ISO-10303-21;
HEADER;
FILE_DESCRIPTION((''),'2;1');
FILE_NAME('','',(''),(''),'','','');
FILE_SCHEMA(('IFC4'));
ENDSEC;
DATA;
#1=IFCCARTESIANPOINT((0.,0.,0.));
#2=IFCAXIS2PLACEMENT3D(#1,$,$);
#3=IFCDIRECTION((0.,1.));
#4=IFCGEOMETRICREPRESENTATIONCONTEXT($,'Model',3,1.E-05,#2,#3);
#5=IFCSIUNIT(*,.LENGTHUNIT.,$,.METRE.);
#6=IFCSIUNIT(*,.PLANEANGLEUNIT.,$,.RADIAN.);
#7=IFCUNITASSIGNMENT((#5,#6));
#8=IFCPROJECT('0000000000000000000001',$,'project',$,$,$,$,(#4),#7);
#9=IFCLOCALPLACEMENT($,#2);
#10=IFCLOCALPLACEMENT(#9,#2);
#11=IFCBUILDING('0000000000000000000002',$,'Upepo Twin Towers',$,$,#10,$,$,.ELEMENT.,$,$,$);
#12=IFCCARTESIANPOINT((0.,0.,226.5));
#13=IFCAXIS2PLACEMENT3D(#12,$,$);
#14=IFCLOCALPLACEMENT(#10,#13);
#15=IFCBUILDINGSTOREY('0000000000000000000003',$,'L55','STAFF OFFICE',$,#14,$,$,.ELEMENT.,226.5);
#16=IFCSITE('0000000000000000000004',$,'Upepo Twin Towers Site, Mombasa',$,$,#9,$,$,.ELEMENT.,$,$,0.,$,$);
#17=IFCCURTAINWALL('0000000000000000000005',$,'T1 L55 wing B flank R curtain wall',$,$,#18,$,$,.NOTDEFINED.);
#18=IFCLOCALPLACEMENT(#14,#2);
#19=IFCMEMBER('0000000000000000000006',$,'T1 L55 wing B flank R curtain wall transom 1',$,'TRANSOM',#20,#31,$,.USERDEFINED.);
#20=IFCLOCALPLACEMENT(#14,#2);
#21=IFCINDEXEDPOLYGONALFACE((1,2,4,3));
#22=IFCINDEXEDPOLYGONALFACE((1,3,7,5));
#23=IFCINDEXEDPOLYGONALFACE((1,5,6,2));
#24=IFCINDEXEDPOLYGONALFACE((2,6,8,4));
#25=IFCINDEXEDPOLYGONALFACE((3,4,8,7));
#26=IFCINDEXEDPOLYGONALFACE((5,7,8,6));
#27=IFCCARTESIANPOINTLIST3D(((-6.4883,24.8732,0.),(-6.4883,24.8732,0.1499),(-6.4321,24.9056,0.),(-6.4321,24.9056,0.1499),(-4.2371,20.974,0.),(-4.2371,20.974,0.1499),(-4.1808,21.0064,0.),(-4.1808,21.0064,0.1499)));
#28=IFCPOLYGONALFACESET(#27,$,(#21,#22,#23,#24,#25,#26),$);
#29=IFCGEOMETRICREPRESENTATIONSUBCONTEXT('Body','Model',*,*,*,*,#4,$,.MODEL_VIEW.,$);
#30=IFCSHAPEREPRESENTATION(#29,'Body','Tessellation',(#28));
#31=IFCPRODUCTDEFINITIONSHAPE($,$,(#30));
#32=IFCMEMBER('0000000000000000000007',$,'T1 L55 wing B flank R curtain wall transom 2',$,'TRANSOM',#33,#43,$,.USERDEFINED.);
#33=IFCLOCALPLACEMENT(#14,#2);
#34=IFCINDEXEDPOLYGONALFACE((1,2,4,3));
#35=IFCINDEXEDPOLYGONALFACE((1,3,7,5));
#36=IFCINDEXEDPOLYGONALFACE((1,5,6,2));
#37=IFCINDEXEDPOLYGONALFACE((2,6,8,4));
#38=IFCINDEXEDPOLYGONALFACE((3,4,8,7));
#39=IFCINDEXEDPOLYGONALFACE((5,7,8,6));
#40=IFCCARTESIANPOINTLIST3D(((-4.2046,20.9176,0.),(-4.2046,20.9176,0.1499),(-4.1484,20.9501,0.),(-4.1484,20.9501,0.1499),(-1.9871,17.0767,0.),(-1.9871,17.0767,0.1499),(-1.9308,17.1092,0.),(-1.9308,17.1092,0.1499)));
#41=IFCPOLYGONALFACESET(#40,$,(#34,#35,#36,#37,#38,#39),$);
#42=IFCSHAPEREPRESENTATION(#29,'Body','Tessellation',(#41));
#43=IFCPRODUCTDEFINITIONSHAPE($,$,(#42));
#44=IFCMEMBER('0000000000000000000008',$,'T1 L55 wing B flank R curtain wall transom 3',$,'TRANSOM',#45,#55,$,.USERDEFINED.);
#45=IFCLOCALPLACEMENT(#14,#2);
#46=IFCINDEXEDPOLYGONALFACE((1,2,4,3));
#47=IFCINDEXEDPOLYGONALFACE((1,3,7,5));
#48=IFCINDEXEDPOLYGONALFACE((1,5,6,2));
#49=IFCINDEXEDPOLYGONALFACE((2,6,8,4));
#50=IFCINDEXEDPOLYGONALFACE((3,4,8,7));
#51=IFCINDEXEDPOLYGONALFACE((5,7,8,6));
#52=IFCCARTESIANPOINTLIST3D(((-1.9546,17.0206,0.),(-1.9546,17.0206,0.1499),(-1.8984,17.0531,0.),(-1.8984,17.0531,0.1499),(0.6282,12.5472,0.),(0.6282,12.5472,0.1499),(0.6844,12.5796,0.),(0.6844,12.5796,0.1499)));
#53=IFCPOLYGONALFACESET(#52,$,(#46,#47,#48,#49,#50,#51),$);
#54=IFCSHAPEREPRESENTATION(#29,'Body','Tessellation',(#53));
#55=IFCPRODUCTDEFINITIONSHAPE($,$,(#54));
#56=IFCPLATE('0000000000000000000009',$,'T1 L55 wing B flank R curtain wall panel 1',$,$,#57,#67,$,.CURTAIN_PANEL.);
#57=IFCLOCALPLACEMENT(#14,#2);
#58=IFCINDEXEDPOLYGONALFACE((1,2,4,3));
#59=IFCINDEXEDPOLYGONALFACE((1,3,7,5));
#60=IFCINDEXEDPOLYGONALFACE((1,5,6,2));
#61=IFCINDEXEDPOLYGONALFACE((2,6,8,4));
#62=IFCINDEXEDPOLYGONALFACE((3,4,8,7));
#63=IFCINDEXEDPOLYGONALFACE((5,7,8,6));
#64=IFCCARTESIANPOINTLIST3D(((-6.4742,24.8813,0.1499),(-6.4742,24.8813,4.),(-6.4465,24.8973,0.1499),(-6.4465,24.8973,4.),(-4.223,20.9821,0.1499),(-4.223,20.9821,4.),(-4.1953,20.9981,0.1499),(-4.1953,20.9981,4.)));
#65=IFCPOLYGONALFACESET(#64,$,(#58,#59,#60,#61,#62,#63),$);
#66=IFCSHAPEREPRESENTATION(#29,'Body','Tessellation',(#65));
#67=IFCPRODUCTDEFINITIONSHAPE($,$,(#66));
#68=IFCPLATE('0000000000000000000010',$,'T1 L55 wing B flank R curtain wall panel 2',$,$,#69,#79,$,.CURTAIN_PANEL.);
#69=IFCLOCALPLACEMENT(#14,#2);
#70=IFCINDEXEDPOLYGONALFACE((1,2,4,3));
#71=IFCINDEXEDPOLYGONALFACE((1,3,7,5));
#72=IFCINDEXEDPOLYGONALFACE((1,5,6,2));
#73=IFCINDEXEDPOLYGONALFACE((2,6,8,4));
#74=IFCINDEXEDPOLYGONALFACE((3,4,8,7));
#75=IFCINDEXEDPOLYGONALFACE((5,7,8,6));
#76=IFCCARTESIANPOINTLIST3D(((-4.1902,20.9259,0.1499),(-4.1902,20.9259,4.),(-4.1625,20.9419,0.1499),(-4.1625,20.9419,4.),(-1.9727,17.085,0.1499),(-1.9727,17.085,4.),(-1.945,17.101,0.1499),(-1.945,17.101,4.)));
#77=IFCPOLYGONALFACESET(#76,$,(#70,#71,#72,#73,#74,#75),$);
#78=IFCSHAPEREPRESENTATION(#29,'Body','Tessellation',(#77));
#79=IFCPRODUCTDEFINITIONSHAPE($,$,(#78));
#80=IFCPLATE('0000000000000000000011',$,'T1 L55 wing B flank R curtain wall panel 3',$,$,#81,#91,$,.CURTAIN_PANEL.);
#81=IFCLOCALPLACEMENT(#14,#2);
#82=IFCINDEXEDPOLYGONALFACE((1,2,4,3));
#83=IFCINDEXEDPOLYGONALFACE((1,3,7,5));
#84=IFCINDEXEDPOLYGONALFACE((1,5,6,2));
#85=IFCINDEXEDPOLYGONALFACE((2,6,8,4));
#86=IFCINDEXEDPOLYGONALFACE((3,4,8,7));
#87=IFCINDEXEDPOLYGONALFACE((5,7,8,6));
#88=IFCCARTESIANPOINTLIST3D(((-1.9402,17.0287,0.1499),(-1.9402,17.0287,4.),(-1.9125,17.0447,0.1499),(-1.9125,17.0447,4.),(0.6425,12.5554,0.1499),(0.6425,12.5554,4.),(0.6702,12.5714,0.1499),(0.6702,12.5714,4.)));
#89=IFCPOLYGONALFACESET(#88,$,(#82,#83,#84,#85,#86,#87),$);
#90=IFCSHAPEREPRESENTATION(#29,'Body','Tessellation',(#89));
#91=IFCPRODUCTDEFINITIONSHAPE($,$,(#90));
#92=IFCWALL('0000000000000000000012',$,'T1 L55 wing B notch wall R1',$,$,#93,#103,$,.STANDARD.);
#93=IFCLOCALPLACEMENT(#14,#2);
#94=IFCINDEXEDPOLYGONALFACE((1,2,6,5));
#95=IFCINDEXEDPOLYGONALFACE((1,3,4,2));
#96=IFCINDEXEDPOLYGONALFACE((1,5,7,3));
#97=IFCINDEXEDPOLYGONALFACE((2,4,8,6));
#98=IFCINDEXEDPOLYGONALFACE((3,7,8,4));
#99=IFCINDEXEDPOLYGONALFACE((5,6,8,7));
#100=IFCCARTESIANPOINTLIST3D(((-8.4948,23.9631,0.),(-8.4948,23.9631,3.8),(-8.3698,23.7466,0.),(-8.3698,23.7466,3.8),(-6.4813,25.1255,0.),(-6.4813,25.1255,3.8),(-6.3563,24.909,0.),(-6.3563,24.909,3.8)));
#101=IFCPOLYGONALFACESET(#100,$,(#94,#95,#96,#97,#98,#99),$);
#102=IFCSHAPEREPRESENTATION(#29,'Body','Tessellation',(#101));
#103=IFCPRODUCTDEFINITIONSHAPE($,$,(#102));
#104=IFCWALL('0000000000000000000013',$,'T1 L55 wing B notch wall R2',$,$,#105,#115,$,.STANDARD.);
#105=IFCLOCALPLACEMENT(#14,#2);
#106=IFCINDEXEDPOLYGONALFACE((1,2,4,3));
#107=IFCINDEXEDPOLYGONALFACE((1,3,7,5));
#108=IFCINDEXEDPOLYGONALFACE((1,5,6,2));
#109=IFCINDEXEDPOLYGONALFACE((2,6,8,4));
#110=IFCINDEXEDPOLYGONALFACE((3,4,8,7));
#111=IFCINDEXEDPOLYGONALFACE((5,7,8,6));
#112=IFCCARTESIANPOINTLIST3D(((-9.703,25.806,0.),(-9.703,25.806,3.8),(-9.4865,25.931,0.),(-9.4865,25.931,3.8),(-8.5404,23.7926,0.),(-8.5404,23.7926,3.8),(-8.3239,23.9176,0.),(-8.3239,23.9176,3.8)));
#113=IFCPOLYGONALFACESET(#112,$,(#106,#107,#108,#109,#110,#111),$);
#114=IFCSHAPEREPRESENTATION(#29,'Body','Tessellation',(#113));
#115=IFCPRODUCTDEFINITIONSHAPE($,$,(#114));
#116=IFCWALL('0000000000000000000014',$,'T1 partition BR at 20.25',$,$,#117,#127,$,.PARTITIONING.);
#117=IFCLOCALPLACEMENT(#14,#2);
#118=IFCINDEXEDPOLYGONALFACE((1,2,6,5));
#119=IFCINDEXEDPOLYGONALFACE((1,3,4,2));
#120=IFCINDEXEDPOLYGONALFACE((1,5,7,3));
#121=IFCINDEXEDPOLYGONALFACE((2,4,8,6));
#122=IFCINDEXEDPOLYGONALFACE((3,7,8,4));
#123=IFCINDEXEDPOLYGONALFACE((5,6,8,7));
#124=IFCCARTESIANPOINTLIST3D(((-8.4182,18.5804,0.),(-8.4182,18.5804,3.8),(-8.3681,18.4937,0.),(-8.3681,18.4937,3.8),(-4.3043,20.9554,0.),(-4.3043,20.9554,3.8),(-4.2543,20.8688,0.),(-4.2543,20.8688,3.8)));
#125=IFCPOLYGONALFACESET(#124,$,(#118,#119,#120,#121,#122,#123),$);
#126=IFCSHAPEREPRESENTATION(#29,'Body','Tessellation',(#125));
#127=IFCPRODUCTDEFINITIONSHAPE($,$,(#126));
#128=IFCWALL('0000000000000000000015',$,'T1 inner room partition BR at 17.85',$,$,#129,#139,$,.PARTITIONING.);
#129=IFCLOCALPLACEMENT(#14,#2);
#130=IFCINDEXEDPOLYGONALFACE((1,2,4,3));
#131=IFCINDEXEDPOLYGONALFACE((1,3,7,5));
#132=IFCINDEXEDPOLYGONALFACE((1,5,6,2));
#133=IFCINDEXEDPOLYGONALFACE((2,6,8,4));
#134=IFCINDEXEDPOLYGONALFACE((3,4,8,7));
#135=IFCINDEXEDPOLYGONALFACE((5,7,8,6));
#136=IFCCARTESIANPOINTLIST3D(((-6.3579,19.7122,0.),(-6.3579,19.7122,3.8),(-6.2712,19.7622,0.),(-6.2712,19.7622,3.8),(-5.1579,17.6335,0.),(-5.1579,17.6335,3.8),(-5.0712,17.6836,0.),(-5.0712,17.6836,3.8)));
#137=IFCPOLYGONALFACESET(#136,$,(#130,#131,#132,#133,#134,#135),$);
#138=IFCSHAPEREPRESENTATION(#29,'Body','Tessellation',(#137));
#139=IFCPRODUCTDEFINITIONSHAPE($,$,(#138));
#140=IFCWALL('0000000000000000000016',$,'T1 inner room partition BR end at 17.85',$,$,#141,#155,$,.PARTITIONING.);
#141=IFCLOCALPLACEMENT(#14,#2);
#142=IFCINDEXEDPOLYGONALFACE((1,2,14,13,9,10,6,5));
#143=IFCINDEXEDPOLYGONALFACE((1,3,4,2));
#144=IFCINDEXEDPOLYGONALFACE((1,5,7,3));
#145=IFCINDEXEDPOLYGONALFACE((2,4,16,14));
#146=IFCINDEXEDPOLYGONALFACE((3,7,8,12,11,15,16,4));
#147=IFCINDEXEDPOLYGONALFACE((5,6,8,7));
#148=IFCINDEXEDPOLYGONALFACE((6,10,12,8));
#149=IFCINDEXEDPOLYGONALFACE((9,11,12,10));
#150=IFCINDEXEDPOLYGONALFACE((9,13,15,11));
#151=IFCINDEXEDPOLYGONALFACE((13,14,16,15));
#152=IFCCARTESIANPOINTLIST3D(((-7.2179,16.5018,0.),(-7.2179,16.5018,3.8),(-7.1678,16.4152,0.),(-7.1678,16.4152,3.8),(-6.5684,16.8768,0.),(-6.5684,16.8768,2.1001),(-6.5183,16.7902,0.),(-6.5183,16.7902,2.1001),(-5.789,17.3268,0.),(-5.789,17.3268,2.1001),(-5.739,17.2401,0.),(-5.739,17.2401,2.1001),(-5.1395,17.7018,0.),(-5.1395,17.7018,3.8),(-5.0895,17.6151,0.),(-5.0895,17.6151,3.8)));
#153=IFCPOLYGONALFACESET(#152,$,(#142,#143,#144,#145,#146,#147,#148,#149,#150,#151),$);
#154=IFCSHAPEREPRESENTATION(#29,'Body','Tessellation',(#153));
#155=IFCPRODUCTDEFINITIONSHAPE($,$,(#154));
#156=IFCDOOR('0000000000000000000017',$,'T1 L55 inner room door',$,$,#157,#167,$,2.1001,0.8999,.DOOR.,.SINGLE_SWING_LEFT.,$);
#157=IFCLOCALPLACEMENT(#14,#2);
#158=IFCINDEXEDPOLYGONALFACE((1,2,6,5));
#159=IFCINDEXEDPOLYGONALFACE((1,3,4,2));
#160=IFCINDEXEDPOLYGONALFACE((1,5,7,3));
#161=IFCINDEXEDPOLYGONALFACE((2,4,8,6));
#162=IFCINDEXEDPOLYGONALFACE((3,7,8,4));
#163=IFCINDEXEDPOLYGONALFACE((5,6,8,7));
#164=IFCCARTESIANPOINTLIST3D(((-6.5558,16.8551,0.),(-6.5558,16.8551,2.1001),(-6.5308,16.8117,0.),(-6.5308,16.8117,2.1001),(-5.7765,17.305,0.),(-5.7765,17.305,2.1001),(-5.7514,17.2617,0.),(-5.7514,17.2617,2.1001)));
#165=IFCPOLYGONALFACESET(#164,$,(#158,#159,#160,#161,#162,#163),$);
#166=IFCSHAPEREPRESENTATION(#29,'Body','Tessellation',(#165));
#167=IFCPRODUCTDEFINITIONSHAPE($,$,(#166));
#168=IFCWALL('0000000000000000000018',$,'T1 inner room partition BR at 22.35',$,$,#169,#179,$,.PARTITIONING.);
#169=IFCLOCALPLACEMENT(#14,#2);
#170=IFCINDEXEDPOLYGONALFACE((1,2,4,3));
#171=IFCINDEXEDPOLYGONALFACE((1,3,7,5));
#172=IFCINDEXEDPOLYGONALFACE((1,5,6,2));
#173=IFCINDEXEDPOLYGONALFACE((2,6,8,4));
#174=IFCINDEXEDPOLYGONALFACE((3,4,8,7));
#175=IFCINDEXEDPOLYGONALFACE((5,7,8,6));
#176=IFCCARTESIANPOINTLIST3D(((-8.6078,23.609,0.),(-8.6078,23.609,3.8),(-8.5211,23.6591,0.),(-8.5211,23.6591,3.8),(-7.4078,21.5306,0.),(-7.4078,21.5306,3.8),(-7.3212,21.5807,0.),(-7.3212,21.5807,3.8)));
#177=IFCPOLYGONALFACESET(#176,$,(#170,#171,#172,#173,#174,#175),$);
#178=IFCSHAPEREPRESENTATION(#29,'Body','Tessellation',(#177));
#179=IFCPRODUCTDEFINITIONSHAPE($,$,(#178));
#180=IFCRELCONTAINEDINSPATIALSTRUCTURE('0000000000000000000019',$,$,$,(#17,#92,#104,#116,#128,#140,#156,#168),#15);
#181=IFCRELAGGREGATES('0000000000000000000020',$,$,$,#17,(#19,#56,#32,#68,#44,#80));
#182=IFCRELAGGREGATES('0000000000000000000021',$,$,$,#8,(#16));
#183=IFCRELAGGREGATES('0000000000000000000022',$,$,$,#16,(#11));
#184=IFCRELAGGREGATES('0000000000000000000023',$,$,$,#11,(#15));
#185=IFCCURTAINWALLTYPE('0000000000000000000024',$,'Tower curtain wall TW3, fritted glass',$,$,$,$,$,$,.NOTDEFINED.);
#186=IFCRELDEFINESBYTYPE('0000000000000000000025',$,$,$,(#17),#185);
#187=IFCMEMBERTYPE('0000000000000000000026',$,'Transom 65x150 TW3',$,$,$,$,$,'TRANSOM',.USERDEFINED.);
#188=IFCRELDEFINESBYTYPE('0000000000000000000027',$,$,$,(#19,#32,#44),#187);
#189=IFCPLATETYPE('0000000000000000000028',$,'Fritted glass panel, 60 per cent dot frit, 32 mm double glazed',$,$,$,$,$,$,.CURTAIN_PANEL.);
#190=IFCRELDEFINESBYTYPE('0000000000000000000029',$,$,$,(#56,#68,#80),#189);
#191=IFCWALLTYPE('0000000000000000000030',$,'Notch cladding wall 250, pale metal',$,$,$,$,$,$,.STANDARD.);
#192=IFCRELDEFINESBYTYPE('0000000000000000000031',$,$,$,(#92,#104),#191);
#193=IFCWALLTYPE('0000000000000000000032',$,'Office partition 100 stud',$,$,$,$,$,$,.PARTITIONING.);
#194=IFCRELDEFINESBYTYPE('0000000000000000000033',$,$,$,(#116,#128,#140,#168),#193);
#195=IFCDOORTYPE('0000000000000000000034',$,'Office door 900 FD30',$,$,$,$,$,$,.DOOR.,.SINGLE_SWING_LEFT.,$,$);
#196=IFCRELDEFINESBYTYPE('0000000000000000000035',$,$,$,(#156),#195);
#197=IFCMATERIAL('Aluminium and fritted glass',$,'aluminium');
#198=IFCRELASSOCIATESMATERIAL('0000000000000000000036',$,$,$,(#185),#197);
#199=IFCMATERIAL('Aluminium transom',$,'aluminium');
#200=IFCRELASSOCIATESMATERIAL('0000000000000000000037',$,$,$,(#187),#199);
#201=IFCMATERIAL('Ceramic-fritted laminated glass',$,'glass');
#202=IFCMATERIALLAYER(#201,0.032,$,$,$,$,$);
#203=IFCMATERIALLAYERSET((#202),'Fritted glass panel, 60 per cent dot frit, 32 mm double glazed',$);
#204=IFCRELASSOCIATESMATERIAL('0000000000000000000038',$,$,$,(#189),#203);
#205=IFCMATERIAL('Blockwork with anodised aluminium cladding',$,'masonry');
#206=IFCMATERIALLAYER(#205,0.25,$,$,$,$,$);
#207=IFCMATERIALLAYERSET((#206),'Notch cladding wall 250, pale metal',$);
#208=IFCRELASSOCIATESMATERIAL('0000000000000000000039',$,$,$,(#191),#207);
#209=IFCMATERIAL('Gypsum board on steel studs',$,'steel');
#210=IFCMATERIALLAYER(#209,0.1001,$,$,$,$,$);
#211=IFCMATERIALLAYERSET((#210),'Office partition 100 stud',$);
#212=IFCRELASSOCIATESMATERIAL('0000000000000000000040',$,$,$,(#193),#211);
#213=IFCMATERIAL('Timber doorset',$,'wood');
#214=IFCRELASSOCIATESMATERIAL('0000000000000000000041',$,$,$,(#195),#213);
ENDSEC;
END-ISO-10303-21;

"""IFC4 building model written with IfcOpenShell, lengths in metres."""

from ifc_helpers import new_model, si_unit, direction, frame, frame_2d, origin, origin_2d, place, context, subcontext, project, spatial, rectangle, extrude, material, layer, layer_set, material_profile, profile_set, type_object, element, fill, aggregate, save


model = new_model("IFC4")

# Units and contexts
model_context = context("Model", 3, precision=1e-05, world=origin(), true_north=direction((0.0, 1.0)))
body_context = subcontext(model_context, "Body", "Model", "MODEL_VIEW")
ifc_project = project(units=[si_unit("LENGTHUNIT", "METRE"), si_unit("PLANEANGLEUNIT", "RADIAN")], contexts=[model_context])

# Site, building, storey
site_placement = place(None, origin())
site = spatial("IfcSite", under=ifc_project, at=site_placement, Name="Upepo Twin Towers Site, Mombasa", CompositionType="ELEMENT", RefElevation=0.0)
building_placement = place(site_placement, origin())
building = spatial("IfcBuilding", under=site, at=building_placement, Name="Upepo Twin Towers", CompositionType="ELEMENT")
storey_placement = place(building_placement, frame((0.0, 0.0, 226.5)))
storey = spatial("IfcBuildingStorey", under=building, at=storey_placement, Name="L55", Description="STAFF OFFICE", CompositionType="ELEMENT", Elevation=226.5)

# Curtain wall
ifc_material_1 = material(Name="Aluminium and fritted glass", Category="aluminium")
curtain_wall_type = type_object("IfcCurtainWallType", Name="Tower curtain wall TW3, fritted glass", PredefinedType="NOTDEFINED", material=ifc_material_1)
curtain_wall_1_placement = place(storey_placement, origin())
curtain_wall_1 = element("IfcCurtainWall", 1, at=curtain_wall_1_placement, inside=storey, type_object=curtain_wall_type, Name="T1 L55 wing B flank R curtain wall", PredefinedType="NOTDEFINED")

# Members
ifc_material_2 = material(Name="Aluminium transom", Category="aluminium")
ifc_material_profile_1 = material_profile(ifc_material_2, rectangle(XDim=0.0649, YDim=0.1499, at=origin_2d()), Name="TRANSOM 65x150")
ifc_profile_set_1 = profile_set([ifc_material_profile_1], Name="Aluminium transom")
member_type_1 = type_object("IfcMemberType", Name="Transom 65x150 TW3", ElementType="TRANSOM", PredefinedType="USERDEFINED", material=ifc_profile_set_1)
member_1_placement = place(storey_placement, frame((-6.4602, 24.8894, 0.075), z_axis=(0.500006, -0.866022, 0.0), x_axis=(0.866022, 0.500006, 0.0)))
member_1 = element("IfcMember", 2, at=member_1_placement, type_object=member_type_1, Name="T1 L55 wing B flank R curtain wall transom 1", ObjectType="TRANSOM", PredefinedType="USERDEFINED", context=body_context, shape_type="SweptSolid", body=[
    extrude(rectangle(XDim=0.0649, YDim=0.1499, at=origin_2d()), origin(), (0.0, 0.0, 1.0), 4.5024),
])
member_2_placement = place(storey_placement, frame((-4.1765, 20.9338, 0.075), z_axis=(0.500005, -0.866022, 0.0), x_axis=(0.866022, 0.500005, 0.0)))
member_2 = element("IfcMember", 3, at=member_2_placement, type_object=member_type_1, Name="T1 L55 wing B flank R curtain wall transom 2", ObjectType="TRANSOM", PredefinedType="USERDEFINED", context=body_context, shape_type="SweptSolid", body=[
    extrude(rectangle(XDim=0.0649, YDim=0.1499, at=origin_2d()), origin(), (0.0, 0.0, 1.0), 4.4351),
])
member_3_placement = place(storey_placement, frame((-1.9265, 17.0369, 0.075), z_axis=(0.500007, -0.866021, 0.0), x_axis=(0.866021, 0.500007, 0.0)))
member_3 = element("IfcMember", 4, at=member_3_placement, type_object=member_type_1, Name="T1 L55 wing B flank R curtain wall transom 3", ObjectType="TRANSOM", PredefinedType="USERDEFINED", context=body_context, shape_type="SweptSolid", body=[
    extrude(rectangle(XDim=0.0649, YDim=0.1499, at=origin_2d()), origin(), (0.0, 0.0, 1.0), 5.1655),
])

# Plates
ifc_material_3 = material(Name="Ceramic-fritted laminated glass", Category="glass")
ifc_layer_1 = layer(ifc_material_3, 0.032)
ifc_layer_set_1 = layer_set([ifc_layer_1], Name="Fritted glass panel, 60 per cent dot frit, 32 mm double glazed")
plate_type = type_object("IfcPlateType", Name="Fritted glass panel, 60 per cent dot frit, 32 mm double glazed", PredefinedType="CURTAIN_PANEL", material=ifc_layer_set_1)
plate_1_placement = place(storey_placement, frame((-5.3347, 22.9397, 0.1499), z_axis=(0.0, 0.0, 1.0), x_axis=(0.5, -0.866025, 0.0)))
plate_1 = element("IfcPlate", 5, at=plate_1_placement, type_object=plate_type, Name="T1 L55 wing B flank R curtain wall panel 1", PredefinedType="CURTAIN_PANEL", context=body_context, shape_type="SweptSolid", body=[
    extrude(rectangle(XDim=4.5024, YDim=0.032, at=origin_2d()), origin(), (0.0, 0.0, 1.0), 3.8501),
])
plate_2_placement = place(storey_placement, frame((-3.0676, 19.0134, 0.1499), z_axis=(0.0, 0.0, 1.0), x_axis=(0.5, -0.866025, 0.0)))
plate_2 = element("IfcPlate", 6, at=plate_2_placement, type_object=plate_type, Name="T1 L55 wing B flank R curtain wall panel 2", PredefinedType="CURTAIN_PANEL", context=body_context, shape_type="SweptSolid", body=[
    extrude(rectangle(XDim=4.4351, YDim=0.032, at=origin_2d()), origin(), (0.0, 0.0, 1.0), 3.8501),
])
plate_3_placement = place(storey_placement, frame((-0.635, 14.8, 0.1499), z_axis=(0.0, 0.0, 1.0), x_axis=(0.5, -0.866025, 0.0)))
plate_3 = element("IfcPlate", 7, at=plate_3_placement, type_object=plate_type, Name="T1 L55 wing B flank R curtain wall panel 3", PredefinedType="CURTAIN_PANEL", context=body_context, shape_type="SweptSolid", body=[
    extrude(rectangle(XDim=5.1653, YDim=0.032, at=origin_2d()), origin(), (0.0, 0.0, 1.0), 3.8501),
])
aggregate(curtain_wall_1, [member_1, plate_1, member_2, plate_2, member_3, plate_3])

# Walls
ifc_material_4 = material(Name="Blockwork with anodised aluminium cladding", Category="masonry")
ifc_layer_2 = layer(ifc_material_4, 0.25)
ifc_layer_set_2 = layer_set([ifc_layer_2], Name="Notch cladding wall 250, pale metal")
wall_type_1 = type_object("IfcWallType", Name="Notch cladding wall 250, pale metal", PredefinedType="STANDARD", material=ifc_layer_set_2)
for number, where, z_axis, x_axis, name in (
    (8, (-6.4187, 25.0173, 0.0), (0.0, 0.0, 1.0), (-0.866044, -0.499968, 0.0), "T1 L55 wing B notch wall R1"),
    (9, (-8.4321, 23.855, 0.0), (0.0, 0.0, 1.0), (-0.500047, 0.865998, 0.0), "T1 L55 wing B notch wall R2"),
):
    element("IfcWall", number, at=place(storey_placement, frame(where, z_axis=z_axis, x_axis=x_axis)), inside=storey, type_object=wall_type_1, Name=name, PredefinedType="STANDARD", context=body_context, shape_type="SweptSolid", body=[
        extrude(rectangle(XDim=2.325, YDim=0.25, at=frame_2d((1.1626, 0.0))), origin(), (0.0, 0.0, 1.0), 3.8),
    ])
ifc_material_5 = material(Name="Gypsum board on steel studs", Category="steel")
ifc_layer_3 = layer(ifc_material_5, 0.1001)
ifc_layer_set_3 = layer_set([ifc_layer_3], Name="Office partition 100 stud")
wall_type_2 = type_object("IfcWallType", Name="Office partition 100 stud", PredefinedType="PARTITIONING", material=ifc_layer_set_3)
wall_1_placement = place(storey_placement, frame((-8.3931, 18.5371, 0.0), z_axis=(0.0, 0.0, 1.0), x_axis=(0.866033, 0.499986, 0.0)))
element("IfcWall", 10, at=wall_1_placement, inside=storey, type_object=wall_type_2, Name="T1 partition BR at 20.25", PredefinedType="PARTITIONING", context=body_context, shape_type="SweptSolid", body=[
    extrude(rectangle(XDim=4.7502, YDim=0.1001, at=frame_2d((2.375, 0.0))), origin(), (0.0, 0.0, 1.0), 3.8),
])
wall_2_placement = place(storey_placement, frame((-5.1145, 17.6584, 0.0), z_axis=(0.0, 0.0, 1.0), x_axis=(-0.499957, 0.86605, 0.0)))
element("IfcWall", 11, at=wall_2_placement, inside=storey, type_object=wall_type_2, Name="T1 inner room partition BR at 17.85", PredefinedType="PARTITIONING", context=body_context, shape_type="SweptSolid", body=[
    extrude(rectangle(XDim=2.4001, YDim=0.1001, at=frame_2d((1.2002, 0.0))), origin(), (0.0, 0.0, 1.0), 3.8),
])

# Wall, opening, door
wall_3_placement = place(storey_placement, frame((-7.1929, 16.4585, 0.0), z_axis=(0.0, 0.0, 1.0), x_axis=(0.866025, 0.500001, 0.0)))
wall_3 = element("IfcWall", 12, at=wall_3_placement, inside=storey, type_object=wall_type_2, Name="T1 inner room partition BR end at 17.85", PredefinedType="PARTITIONING", context=body_context, shape_type="SweptSolid", body=[
    extrude(rectangle(XDim=2.3999, YDim=0.1001, at=frame_2d((1.2, 0.0))), origin(), (0.0, 0.0, 1.0), 3.8),
])
opening_1_placement = place(wall_3_placement, frame((0.75, 0.0, 0.0)))
opening_1 = element("IfcOpeningElement", 13, at=opening_1_placement, cuts=wall_3, PredefinedType="OPENING", context=body_context, shape_type="SweptSolid", body=[
    extrude(rectangle(XDim=0.8999, YDim=2.1001, at=frame_2d((0.45, 1.05))), frame((0.0, 0.0601, 0.0), z_axis=(0.0, -1.0, 0.0), x_axis=(1.0, 0.0, 0.0)), (0.0, 0.0, 1.0), 0.1201),
])
ifc_material_6 = material(Name="Timber doorset", Category="wood")
door_type = type_object("IfcDoorType", Name="Office door 900 FD30", OperationType="SINGLE_SWING_LEFT", PredefinedType="DOOR", material=ifc_material_6)
door_1_placement = place(opening_1_placement, origin())
door_1 = element("IfcDoor", 14, at=door_1_placement, inside=storey, type_object=door_type, Name="T1 L55 inner room door", OperationType="SINGLE_SWING_LEFT", OverallHeight=2.1001, OverallWidth=0.8999, PredefinedType="DOOR", context=body_context, shape_type="SweptSolid", body=[
    extrude(rectangle(XDim=0.8999, YDim=2.1001, at=frame_2d((0.45, 1.05))), frame((0.0, 0.0249, 0.0), z_axis=(0.0, -1.0, 0.0), x_axis=(1.0, 0.0, 0.0)), (0.0, 0.0, 1.0), 0.05),
])
fill(opening_1, door_1)

# Wall
wall_4_placement = place(storey_placement, frame((-7.3645, 21.5557, 0.0), z_axis=(0.0, 0.0, 1.0), x_axis=(-0.500001, 0.866025, 0.0)))
element("IfcWall", 15, at=wall_4_placement, inside=storey, type_object=wall_type_2, Name="T1 inner room partition BR at 22.35", PredefinedType="PARTITIONING", context=body_context, shape_type="SweptSolid", body=[
    extrude(rectangle(XDim=2.3999, YDim=0.1001, at=frame_2d((1.2, 0.0))), origin(), (0.0, 0.0, 1.0), 3.8),
])

save(model, "model.ifc")
